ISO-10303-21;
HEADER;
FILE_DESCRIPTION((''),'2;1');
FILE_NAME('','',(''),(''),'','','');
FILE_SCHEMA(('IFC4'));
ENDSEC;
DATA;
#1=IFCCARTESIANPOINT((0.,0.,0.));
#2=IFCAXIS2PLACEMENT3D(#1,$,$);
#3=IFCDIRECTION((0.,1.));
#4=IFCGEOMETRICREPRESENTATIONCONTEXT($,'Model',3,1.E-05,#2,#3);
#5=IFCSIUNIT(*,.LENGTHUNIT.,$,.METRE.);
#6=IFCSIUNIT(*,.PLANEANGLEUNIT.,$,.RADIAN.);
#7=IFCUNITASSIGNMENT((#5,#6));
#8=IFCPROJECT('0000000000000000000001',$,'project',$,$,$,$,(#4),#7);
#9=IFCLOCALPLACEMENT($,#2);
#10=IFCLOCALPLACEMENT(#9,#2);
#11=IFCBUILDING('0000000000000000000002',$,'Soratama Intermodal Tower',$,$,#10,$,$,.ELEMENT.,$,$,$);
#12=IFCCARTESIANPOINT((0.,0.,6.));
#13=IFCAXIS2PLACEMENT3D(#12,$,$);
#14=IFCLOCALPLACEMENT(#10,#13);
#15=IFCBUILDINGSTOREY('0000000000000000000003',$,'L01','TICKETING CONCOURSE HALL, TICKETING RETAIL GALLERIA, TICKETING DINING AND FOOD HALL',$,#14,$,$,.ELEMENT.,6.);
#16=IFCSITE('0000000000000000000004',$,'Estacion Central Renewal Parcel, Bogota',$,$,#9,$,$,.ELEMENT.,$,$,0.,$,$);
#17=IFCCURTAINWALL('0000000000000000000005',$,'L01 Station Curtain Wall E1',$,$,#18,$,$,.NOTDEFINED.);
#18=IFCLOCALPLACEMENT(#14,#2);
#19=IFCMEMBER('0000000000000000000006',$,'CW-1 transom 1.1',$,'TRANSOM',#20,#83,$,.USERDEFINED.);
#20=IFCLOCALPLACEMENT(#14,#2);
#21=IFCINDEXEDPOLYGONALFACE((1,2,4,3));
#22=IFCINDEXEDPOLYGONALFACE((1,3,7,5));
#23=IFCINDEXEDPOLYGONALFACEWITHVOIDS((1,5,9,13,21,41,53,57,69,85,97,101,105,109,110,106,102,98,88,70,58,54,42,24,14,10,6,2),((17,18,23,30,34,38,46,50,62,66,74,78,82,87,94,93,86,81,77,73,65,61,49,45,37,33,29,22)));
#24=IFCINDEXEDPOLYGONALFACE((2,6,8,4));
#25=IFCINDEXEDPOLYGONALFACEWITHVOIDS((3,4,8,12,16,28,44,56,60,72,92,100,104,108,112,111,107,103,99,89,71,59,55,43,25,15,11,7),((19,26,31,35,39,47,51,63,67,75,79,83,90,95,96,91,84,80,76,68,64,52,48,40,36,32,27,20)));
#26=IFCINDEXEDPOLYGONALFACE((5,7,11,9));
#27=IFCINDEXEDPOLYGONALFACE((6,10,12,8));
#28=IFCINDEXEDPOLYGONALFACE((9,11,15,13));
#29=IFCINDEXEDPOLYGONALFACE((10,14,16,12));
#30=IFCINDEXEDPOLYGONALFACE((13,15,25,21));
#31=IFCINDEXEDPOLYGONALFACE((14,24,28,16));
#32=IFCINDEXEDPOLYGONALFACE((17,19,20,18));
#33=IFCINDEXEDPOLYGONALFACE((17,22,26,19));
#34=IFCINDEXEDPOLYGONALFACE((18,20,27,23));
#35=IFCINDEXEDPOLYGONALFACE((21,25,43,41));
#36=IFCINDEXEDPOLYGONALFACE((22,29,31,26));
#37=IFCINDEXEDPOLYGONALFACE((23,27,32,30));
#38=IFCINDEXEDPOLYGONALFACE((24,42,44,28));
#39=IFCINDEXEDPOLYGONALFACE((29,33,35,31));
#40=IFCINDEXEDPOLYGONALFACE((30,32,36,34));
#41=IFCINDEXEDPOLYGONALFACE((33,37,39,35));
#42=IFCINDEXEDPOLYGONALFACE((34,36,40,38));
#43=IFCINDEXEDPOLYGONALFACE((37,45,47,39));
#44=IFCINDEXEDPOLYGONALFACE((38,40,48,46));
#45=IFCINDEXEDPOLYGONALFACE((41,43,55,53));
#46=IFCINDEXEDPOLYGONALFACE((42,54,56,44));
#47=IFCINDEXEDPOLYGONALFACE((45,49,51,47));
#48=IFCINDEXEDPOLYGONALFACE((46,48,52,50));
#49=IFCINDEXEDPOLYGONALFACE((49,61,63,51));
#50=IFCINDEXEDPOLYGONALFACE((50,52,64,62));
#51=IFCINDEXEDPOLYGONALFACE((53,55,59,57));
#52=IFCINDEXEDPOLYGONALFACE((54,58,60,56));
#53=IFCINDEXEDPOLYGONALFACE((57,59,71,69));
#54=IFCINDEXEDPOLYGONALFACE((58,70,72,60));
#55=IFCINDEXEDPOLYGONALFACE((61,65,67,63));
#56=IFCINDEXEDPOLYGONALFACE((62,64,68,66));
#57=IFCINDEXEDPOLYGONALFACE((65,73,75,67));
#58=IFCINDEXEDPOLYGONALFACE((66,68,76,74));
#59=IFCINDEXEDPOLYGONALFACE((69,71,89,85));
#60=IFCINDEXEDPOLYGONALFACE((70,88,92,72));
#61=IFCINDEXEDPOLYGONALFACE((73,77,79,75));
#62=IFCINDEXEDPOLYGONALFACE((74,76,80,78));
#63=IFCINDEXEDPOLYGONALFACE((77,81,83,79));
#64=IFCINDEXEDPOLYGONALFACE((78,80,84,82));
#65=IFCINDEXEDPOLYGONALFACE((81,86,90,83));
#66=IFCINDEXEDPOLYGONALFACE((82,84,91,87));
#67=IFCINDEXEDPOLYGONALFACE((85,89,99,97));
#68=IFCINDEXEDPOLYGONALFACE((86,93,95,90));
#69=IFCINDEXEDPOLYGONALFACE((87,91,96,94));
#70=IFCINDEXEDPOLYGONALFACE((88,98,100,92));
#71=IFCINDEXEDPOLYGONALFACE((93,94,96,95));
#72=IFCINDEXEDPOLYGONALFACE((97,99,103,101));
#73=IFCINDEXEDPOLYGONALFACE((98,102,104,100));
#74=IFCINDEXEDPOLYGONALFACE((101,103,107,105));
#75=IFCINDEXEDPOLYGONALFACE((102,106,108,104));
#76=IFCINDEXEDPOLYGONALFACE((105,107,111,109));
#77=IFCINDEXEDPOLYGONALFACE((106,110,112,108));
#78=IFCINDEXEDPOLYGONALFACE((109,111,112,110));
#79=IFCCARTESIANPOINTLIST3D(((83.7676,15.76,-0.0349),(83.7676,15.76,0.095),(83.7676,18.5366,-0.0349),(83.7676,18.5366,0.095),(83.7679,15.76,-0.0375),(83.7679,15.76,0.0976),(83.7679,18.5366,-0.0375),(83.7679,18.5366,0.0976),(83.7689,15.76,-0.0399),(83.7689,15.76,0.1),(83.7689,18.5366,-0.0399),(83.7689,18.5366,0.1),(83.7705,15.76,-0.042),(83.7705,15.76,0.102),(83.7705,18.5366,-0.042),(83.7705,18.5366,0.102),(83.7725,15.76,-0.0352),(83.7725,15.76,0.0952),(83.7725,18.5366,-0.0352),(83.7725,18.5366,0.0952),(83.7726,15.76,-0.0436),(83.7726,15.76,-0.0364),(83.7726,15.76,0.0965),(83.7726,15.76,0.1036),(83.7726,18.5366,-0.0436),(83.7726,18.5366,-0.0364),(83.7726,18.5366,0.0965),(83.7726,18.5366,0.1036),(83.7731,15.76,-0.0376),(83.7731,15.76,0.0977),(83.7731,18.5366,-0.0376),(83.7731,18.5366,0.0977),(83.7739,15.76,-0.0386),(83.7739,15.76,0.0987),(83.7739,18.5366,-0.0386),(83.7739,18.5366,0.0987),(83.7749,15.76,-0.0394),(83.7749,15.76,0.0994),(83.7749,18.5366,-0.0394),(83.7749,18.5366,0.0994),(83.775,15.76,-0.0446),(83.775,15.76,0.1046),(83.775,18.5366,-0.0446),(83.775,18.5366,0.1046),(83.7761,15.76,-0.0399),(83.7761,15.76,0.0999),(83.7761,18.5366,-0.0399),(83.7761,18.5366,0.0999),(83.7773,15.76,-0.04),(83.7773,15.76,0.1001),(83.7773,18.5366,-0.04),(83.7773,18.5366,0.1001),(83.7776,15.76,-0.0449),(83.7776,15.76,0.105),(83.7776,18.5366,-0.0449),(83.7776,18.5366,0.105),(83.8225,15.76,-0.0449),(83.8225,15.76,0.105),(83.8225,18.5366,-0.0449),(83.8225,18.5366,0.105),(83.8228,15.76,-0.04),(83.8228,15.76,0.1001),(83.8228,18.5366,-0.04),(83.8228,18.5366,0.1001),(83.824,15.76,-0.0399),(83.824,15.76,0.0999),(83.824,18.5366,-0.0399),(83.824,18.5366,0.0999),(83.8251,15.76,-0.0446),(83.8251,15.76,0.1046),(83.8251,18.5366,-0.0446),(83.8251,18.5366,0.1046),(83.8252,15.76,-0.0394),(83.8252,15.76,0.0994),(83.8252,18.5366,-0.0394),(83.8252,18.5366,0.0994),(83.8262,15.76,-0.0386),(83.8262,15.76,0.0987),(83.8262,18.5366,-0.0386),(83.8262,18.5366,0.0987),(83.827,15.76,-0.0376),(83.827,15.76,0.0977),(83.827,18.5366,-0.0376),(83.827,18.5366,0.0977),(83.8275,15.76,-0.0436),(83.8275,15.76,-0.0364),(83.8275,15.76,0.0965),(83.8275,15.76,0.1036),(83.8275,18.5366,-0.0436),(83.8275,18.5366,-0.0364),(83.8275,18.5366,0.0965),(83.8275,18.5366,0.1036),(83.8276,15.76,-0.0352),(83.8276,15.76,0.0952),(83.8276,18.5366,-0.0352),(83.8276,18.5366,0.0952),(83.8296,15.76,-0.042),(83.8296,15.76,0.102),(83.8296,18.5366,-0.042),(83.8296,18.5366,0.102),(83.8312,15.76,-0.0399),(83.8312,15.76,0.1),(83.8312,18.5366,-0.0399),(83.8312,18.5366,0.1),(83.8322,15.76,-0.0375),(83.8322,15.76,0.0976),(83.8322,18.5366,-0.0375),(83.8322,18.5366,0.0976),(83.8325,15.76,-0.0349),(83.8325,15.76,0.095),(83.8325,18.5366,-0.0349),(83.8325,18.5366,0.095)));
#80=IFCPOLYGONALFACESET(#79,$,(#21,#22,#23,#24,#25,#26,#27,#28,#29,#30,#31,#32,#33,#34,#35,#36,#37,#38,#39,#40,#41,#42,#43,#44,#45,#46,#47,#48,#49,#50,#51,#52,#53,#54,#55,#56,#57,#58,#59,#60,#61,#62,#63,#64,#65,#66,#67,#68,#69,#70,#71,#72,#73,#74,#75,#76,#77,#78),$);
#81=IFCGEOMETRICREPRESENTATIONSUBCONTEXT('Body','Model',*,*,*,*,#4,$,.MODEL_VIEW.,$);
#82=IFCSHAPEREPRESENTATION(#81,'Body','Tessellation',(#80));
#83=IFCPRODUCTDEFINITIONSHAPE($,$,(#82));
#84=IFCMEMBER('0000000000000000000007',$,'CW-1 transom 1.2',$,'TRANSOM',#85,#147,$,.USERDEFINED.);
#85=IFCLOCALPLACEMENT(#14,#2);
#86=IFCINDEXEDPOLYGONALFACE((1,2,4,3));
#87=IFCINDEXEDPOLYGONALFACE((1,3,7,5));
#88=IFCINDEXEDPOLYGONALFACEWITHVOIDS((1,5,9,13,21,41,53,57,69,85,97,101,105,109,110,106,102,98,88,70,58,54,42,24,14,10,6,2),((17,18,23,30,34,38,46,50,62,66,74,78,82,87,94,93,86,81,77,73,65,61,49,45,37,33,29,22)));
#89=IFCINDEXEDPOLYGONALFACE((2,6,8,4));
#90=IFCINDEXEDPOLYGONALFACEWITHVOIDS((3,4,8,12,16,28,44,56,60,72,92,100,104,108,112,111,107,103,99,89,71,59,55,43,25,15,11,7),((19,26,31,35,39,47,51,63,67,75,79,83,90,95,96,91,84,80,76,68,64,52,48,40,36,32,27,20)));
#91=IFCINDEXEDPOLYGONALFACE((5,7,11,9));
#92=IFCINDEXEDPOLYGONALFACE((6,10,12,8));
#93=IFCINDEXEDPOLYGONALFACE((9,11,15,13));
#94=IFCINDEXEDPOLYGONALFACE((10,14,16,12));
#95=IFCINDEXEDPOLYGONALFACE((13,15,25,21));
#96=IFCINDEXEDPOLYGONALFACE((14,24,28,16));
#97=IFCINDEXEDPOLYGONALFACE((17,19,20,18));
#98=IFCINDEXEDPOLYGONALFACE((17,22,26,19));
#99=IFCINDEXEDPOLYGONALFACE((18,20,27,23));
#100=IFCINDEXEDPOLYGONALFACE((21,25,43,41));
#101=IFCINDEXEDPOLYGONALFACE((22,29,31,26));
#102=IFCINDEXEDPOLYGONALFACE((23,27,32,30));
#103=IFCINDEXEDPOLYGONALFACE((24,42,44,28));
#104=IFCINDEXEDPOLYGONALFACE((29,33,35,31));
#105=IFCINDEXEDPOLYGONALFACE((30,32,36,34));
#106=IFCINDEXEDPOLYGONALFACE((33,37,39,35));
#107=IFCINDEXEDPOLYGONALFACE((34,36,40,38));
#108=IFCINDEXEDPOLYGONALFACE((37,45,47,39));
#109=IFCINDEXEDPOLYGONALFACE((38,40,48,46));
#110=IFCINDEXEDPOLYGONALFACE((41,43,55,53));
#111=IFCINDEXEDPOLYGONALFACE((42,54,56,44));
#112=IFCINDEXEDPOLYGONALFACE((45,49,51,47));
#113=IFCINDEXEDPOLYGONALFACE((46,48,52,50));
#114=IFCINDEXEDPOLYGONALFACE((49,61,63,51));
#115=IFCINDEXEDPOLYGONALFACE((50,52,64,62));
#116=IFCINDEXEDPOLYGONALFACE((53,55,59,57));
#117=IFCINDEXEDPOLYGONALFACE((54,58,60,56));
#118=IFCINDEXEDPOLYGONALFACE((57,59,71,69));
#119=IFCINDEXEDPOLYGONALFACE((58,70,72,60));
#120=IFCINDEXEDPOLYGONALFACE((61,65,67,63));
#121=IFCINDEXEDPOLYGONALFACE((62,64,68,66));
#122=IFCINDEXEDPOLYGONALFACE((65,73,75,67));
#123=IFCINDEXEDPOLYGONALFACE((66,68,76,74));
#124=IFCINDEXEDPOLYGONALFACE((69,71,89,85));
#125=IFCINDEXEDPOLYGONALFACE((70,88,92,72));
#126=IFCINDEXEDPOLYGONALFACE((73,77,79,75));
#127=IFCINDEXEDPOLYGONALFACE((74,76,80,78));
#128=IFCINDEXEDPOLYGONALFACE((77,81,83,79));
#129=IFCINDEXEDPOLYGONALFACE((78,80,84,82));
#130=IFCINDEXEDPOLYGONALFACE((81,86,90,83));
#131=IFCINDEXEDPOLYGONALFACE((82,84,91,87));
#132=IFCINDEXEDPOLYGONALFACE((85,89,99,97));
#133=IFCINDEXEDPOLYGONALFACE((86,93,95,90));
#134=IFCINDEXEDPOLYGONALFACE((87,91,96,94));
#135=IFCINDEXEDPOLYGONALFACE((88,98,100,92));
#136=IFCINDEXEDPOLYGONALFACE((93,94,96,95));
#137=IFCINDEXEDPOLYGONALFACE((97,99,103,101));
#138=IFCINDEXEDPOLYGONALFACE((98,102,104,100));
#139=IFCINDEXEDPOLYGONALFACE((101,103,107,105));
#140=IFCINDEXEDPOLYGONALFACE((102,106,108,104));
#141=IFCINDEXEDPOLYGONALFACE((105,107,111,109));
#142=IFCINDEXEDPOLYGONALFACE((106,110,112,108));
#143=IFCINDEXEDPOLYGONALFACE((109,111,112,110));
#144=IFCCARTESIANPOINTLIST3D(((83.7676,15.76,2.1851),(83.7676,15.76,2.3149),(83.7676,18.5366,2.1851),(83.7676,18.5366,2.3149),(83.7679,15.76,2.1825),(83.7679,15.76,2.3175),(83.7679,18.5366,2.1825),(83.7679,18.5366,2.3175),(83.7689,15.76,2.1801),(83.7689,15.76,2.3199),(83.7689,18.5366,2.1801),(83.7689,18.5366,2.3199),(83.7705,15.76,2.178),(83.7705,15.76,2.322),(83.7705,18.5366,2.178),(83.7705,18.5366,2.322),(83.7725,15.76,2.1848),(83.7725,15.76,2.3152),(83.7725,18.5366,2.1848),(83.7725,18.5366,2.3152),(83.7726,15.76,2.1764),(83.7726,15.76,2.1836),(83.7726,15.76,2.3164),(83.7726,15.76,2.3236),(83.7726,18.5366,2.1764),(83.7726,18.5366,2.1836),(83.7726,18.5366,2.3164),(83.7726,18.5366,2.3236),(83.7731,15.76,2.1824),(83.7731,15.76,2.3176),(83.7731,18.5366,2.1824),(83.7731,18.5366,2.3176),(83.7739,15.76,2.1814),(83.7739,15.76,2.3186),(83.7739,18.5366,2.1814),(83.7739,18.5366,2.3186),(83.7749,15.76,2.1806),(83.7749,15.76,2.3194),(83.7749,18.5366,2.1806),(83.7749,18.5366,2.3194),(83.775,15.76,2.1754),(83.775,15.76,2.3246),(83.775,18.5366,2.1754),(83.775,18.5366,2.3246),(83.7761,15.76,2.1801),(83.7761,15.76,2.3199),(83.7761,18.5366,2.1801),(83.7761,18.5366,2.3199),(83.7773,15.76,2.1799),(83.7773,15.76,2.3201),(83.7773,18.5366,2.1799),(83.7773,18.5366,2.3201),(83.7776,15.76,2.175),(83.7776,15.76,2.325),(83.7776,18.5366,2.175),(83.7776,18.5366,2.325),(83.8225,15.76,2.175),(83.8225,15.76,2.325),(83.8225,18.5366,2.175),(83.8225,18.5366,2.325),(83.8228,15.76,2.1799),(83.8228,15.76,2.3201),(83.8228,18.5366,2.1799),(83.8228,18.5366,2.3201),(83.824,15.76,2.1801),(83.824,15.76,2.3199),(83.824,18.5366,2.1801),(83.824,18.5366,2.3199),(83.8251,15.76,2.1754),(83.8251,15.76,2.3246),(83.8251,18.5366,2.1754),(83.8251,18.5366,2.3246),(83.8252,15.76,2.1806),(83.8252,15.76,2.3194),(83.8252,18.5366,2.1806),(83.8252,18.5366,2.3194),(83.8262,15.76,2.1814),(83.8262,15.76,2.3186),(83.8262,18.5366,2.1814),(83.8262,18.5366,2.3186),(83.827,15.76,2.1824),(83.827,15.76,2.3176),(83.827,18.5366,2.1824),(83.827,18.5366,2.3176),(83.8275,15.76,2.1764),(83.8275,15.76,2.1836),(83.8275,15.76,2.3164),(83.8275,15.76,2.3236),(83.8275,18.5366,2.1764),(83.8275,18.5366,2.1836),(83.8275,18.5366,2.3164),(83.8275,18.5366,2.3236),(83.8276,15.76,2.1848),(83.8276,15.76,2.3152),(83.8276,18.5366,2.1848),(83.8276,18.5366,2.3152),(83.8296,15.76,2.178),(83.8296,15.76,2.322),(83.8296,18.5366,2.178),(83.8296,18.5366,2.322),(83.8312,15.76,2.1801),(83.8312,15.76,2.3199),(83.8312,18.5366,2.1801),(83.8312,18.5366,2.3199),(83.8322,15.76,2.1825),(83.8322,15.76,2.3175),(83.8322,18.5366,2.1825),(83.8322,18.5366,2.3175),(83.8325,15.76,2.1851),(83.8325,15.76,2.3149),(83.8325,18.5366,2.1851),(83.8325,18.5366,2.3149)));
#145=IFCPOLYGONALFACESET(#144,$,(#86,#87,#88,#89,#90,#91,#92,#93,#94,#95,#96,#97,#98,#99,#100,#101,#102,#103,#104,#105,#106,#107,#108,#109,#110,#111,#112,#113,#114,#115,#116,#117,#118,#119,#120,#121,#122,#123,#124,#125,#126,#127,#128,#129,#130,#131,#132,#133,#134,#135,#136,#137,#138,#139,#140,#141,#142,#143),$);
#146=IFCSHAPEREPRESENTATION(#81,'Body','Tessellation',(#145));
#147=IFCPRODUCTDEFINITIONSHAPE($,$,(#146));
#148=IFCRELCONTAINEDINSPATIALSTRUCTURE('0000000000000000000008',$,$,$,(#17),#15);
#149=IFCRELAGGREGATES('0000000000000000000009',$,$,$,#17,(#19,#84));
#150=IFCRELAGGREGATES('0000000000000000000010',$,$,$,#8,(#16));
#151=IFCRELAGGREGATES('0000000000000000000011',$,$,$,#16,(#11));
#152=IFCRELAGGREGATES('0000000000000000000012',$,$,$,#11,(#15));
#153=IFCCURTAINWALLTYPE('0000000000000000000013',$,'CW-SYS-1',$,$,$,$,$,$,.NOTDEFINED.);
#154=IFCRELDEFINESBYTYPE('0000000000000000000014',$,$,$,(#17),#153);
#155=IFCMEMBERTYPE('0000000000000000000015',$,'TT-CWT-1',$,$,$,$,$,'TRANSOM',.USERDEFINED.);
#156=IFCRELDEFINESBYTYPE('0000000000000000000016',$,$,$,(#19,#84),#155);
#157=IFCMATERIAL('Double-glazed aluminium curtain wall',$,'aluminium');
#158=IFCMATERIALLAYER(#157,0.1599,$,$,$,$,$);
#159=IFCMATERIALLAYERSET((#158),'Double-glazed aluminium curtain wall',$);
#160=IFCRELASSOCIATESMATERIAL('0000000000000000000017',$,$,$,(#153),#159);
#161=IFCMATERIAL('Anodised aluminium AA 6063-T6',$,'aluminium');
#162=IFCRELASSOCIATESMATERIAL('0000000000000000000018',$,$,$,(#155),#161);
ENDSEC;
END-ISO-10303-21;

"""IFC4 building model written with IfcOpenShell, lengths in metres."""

from ifc_helpers import new_model, si_unit, direction, frame, origin, origin_2d, place, context, subcontext, project, spatial, hollow_rectangle, extrude, material, layer, layer_set, material_profile, profile_set, type_object, element, aggregate, save


model = new_model("IFC4")

# Units and contexts
model_context = context("Model", 3, precision=1e-05, world=origin(), true_north=direction((0.0, 1.0)))
body_context = subcontext(model_context, "Body", "Model", "MODEL_VIEW")
ifc_project = project(units=[si_unit("LENGTHUNIT", "METRE"), si_unit("PLANEANGLEUNIT", "RADIAN")], contexts=[model_context])

# Site, building, storey
site_placement = place(None, origin())
site = spatial("IfcSite", under=ifc_project, at=site_placement, Name="Estacion Central Renewal Parcel, Bogota", CompositionType="ELEMENT", RefElevation=0.0)
building_placement = place(site_placement, origin())
building = spatial("IfcBuilding", under=site, at=building_placement, Name="Soratama Intermodal Tower", CompositionType="ELEMENT")
storey_placement = place(building_placement, frame((0.0, 0.0, 6.0)))
storey = spatial("IfcBuildingStorey", under=building, at=storey_placement, Name="L01", Description="TICKETING CONCOURSE HALL, TICKETING RETAIL GALLERIA, TICKETING DINING AND FOOD HALL", CompositionType="ELEMENT", Elevation=6.0)

# Curtain wall, members
ifc_material_1 = material(Name="Double-glazed aluminium curtain wall", Category="aluminium")
ifc_layer_1 = layer(ifc_material_1, 0.1599)
ifc_layer_set_1 = layer_set([ifc_layer_1], Name="Double-glazed aluminium curtain wall")
curtain_wall_type = type_object("IfcCurtainWallType", Name="CW-SYS-1", PredefinedType="NOTDEFINED", material=ifc_layer_set_1)
curtain_wall_placement = place(storey_placement, origin())
curtain_wall = element("IfcCurtainWall", 1, at=curtain_wall_placement, inside=storey, type_object=curtain_wall_type, Name="L01 Station Curtain Wall E1", PredefinedType="NOTDEFINED")
ifc_material_2 = material(Name="Anodised aluminium AA 6063-T6", Category="aluminium")
ifc_material_profile_1 = material_profile(ifc_material_2, hollow_rectangle(XDim=0.0649, YDim=0.1499, WallThickness=0.0049, InnerFilletRadius=0.0049, OuterFilletRadius=0.01, at=origin_2d()), Name="CWT150X65X5")
ifc_profile_set_1 = profile_set([ifc_material_profile_1], Name="Anodised aluminium AA 6063-T6")
member_type_1 = type_object("IfcMemberType", Name="TT-CWT-1", ElementType="TRANSOM", PredefinedType="USERDEFINED", material=ifc_profile_set_1)
member_1_placement = place(storey_placement, frame((83.8, 15.76, 0.03), z_axis=(0.0, 1.0, 0.0), x_axis=(-1.0, 0.0, 0.0)))
member_1 = element("IfcMember", 2, at=member_1_placement, type_object=member_type_1, Name="CW-1 transom 1.1", ObjectType="TRANSOM", PredefinedType="USERDEFINED", context=body_context, shape_type="SweptSolid", body=[
    extrude(hollow_rectangle(XDim=0.0649, YDim=0.1499, WallThickness=0.0049, InnerFilletRadius=0.0049, OuterFilletRadius=0.01, at=origin_2d()), origin(), (0.0, 0.0, 1.0), 2.7766),
])
member_2_placement = place(storey_placement, frame((83.8, 15.76, 2.25), z_axis=(0.0, 1.0, 0.0), x_axis=(-1.0, 0.0, 0.0)))
member_2 = element("IfcMember", 3, at=member_2_placement, type_object=member_type_1, Name="CW-1 transom 1.2", ObjectType="TRANSOM", PredefinedType="USERDEFINED", context=body_context, shape_type="SweptSolid", body=[
    extrude(hollow_rectangle(XDim=0.0649, YDim=0.1499, WallThickness=0.0049, InnerFilletRadius=0.0049, OuterFilletRadius=0.01, at=origin_2d()), origin(), (0.0, 0.0, 1.0), 2.7766),
])
aggregate(curtain_wall, [member_1, member_2])

save(model, "model.ifc")
